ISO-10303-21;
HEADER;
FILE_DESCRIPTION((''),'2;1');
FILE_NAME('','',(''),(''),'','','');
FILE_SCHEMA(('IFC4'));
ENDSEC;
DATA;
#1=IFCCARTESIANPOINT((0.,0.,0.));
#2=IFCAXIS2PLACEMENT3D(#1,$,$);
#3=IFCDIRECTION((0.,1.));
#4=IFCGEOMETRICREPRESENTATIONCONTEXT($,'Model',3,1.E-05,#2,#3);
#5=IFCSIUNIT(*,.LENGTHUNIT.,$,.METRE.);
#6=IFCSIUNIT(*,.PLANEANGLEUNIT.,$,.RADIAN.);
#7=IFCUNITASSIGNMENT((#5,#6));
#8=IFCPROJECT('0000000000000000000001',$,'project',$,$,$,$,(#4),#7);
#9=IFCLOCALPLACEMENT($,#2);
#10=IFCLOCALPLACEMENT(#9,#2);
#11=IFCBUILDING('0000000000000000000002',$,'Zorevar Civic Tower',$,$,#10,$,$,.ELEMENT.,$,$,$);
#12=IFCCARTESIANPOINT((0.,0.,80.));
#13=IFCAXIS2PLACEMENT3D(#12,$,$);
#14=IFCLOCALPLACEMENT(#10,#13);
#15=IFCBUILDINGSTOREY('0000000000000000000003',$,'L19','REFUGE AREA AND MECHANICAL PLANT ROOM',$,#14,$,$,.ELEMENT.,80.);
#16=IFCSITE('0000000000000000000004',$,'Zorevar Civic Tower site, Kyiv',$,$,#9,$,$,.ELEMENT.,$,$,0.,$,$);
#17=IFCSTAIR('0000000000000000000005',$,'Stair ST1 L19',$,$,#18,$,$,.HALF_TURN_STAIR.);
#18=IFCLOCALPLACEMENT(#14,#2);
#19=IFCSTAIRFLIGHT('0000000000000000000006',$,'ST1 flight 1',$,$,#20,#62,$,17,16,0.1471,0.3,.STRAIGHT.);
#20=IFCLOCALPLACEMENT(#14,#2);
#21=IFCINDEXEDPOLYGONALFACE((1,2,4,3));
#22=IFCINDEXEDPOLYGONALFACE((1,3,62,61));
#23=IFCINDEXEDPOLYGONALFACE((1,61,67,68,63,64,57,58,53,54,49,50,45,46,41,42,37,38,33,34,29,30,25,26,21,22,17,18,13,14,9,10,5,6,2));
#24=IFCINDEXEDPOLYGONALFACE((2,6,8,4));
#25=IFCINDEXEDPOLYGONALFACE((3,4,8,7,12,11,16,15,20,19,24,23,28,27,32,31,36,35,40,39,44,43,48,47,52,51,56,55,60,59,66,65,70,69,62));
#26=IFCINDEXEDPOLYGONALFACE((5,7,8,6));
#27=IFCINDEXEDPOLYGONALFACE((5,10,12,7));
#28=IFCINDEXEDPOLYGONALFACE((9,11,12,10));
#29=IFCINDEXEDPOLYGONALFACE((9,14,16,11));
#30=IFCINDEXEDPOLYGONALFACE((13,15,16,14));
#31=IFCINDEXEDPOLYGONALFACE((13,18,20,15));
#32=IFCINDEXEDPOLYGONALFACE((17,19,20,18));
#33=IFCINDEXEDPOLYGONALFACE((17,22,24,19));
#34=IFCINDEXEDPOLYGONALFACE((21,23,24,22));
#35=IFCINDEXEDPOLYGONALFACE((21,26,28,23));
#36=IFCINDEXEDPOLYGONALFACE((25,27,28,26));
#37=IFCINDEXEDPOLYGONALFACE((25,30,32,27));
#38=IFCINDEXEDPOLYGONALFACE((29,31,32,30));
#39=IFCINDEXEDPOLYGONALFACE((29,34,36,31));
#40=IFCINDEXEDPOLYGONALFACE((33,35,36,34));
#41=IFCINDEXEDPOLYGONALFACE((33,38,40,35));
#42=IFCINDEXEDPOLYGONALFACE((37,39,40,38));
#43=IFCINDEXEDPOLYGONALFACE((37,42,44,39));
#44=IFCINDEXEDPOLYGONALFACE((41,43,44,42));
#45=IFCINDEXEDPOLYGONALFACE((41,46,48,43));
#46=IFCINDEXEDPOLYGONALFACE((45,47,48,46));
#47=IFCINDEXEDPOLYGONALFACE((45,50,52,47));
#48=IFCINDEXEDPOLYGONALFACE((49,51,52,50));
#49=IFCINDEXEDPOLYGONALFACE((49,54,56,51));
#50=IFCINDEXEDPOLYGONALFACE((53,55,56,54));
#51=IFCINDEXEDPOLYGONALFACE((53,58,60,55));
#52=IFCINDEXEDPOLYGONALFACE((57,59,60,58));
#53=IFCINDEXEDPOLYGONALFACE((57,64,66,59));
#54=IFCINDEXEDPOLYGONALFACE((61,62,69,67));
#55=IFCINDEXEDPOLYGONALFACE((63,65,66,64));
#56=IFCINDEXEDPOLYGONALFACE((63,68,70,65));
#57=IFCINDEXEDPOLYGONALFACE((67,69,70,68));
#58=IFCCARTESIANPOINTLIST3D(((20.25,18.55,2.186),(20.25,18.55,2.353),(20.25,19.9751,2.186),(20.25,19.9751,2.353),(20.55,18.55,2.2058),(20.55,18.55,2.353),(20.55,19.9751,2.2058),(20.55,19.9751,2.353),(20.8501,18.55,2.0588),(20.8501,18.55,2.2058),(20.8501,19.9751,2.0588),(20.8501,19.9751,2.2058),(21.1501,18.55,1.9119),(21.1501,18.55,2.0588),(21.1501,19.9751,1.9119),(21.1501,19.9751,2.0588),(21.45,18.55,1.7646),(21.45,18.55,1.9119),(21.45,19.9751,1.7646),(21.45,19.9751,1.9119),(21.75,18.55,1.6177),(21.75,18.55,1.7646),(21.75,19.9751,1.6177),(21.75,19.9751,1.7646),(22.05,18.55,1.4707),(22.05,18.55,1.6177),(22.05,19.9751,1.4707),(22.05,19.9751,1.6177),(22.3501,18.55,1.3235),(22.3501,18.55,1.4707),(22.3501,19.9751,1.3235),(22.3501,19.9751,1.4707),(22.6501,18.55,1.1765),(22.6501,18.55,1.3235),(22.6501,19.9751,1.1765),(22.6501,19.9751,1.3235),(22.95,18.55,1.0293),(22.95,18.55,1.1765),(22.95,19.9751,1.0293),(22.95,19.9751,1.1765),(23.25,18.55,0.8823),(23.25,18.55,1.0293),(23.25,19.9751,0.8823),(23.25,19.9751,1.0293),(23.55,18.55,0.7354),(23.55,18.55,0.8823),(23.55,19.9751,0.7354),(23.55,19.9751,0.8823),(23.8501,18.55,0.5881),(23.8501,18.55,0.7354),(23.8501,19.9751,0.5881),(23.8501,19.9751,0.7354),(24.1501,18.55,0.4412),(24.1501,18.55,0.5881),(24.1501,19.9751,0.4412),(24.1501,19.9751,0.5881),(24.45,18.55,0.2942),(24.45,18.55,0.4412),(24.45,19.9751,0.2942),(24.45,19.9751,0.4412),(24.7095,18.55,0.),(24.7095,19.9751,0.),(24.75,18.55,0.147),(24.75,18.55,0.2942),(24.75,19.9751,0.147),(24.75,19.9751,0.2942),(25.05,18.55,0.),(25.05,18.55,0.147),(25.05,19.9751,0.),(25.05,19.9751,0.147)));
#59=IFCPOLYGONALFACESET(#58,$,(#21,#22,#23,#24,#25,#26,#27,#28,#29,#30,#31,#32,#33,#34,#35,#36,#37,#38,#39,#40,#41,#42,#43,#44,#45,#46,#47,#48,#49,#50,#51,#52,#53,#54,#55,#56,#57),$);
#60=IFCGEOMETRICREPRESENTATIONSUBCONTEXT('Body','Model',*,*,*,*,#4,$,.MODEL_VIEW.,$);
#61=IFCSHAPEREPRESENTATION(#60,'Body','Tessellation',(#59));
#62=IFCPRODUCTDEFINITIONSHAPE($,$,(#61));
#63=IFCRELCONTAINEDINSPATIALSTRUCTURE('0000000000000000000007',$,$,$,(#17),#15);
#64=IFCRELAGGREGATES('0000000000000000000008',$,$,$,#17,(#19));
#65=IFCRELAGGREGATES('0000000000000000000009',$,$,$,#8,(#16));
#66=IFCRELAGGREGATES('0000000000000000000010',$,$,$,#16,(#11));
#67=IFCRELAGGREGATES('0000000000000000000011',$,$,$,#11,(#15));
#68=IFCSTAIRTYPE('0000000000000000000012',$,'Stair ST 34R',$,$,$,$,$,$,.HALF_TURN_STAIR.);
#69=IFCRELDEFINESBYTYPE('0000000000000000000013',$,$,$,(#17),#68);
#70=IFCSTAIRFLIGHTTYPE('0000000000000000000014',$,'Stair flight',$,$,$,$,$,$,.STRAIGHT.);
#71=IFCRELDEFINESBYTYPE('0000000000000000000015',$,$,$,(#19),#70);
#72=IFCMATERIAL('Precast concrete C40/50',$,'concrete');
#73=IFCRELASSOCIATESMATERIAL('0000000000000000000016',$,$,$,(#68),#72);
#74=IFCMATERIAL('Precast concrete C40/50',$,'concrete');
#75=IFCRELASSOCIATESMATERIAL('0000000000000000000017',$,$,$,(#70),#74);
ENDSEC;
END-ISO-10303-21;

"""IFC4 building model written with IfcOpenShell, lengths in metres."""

from ifc_helpers import new_model, si_unit, direction, frame, origin, place, context, subcontext, project, spatial, polyline, outline, extrude, material, type_object, element, aggregate, save


model = new_model("IFC4")

# Units and contexts
model_context = context("Model", 3, precision=1e-05, world=origin(), true_north=direction((0.0, 1.0)))
body_context = subcontext(model_context, "Body", "Model", "MODEL_VIEW")
ifc_project = project(units=[si_unit("LENGTHUNIT", "METRE"), si_unit("PLANEANGLEUNIT", "RADIAN")], contexts=[model_context])

# Site, building, storey
site_placement = place(None, origin())
site = spatial("IfcSite", under=ifc_project, at=site_placement, Name="Zorevar Civic Tower site, Kyiv", CompositionType="ELEMENT", RefElevation=0.0)
building_placement = place(site_placement, origin())
building = spatial("IfcBuilding", under=site, at=building_placement, Name="Zorevar Civic Tower", CompositionType="ELEMENT")
storey_placement = place(building_placement, frame((0.0, 0.0, 80.0)))
storey = spatial("IfcBuildingStorey", under=building, at=storey_placement, Name="L19", Description="REFUGE AREA AND MECHANICAL PLANT ROOM", CompositionType="ELEMENT", Elevation=80.0)

# Stair, stair flight
ifc_material_1 = material(Name="Precast concrete C40/50", Category="concrete")
stair_type = type_object("IfcStairType", Name="Stair ST 34R", PredefinedType="HALF_TURN_STAIR", material=ifc_material_1)
stair_placement = place(storey_placement, origin())
stair = element("IfcStair", 1, at=stair_placement, inside=storey, type_object=stair_type, Name="Stair ST1 L19", PredefinedType="HALF_TURN_STAIR")
ifc_material_2 = material(Name="Precast concrete C40/50", Category="concrete")
stair_flight_type = type_object("IfcStairFlightType", Name="Stair flight", PredefinedType="STRAIGHT", material=ifc_material_2)
stair_flight_placement = place(storey_placement, frame((25.05, 19.2625, 0.0), z_axis=(0.0, 0.0, 1.0), x_axis=(-1.0, 0.0, 0.0)))
stair_flight = element("IfcStairFlight", 2, at=stair_flight_placement, type_object=stair_flight_type, Name="ST1 flight 1", NumberOfRisers=17, NumberOfTreads=16, PredefinedType="STRAIGHT", RiserHeight=0.1471, TreadLength=0.3, context=body_context, shape_type="SweptSolid", body=[
    extrude(outline(polyline([(0.0, 0.0), (0.0, 0.147), (0.3, 0.147), (0.3, 0.2942), (0.6001, 0.2942), (0.6001, 0.4412), (0.8999, 0.4412), (0.8999, 0.5881), (1.2, 0.5881), (1.2, 0.7354), (1.5, 0.7354), (1.5, 0.8823), (1.8, 0.8823), (1.8, 1.0293), (2.1001, 1.0293), (2.1001, 1.1765), (2.3999, 1.1765), (2.3999, 1.3235), (2.7, 1.3235), (2.7, 1.4707), (3.0, 1.4707), (3.0, 1.6177), (3.3, 1.6177), (3.3, 1.7646), (3.6001, 1.7646), (3.6001, 1.9119), (3.8999, 1.9119), (3.8999, 2.0588), (4.2, 2.0588), (4.2, 2.2058), (4.5, 2.2058), (4.5, 2.353), (4.8, 2.353), (4.8, 2.5), (4.8, 2.186), (0.3406, 0.0), (0.0, 0.0)])), frame((0.0, 0.7124, 0.0), z_axis=(0.0, -1.0, 0.0), x_axis=(1.0, 0.0, 0.0)), (0.0, 0.0, 1.0), 1.425),
])
aggregate(stair, [stair_flight])

save(model, "model.ifc")
